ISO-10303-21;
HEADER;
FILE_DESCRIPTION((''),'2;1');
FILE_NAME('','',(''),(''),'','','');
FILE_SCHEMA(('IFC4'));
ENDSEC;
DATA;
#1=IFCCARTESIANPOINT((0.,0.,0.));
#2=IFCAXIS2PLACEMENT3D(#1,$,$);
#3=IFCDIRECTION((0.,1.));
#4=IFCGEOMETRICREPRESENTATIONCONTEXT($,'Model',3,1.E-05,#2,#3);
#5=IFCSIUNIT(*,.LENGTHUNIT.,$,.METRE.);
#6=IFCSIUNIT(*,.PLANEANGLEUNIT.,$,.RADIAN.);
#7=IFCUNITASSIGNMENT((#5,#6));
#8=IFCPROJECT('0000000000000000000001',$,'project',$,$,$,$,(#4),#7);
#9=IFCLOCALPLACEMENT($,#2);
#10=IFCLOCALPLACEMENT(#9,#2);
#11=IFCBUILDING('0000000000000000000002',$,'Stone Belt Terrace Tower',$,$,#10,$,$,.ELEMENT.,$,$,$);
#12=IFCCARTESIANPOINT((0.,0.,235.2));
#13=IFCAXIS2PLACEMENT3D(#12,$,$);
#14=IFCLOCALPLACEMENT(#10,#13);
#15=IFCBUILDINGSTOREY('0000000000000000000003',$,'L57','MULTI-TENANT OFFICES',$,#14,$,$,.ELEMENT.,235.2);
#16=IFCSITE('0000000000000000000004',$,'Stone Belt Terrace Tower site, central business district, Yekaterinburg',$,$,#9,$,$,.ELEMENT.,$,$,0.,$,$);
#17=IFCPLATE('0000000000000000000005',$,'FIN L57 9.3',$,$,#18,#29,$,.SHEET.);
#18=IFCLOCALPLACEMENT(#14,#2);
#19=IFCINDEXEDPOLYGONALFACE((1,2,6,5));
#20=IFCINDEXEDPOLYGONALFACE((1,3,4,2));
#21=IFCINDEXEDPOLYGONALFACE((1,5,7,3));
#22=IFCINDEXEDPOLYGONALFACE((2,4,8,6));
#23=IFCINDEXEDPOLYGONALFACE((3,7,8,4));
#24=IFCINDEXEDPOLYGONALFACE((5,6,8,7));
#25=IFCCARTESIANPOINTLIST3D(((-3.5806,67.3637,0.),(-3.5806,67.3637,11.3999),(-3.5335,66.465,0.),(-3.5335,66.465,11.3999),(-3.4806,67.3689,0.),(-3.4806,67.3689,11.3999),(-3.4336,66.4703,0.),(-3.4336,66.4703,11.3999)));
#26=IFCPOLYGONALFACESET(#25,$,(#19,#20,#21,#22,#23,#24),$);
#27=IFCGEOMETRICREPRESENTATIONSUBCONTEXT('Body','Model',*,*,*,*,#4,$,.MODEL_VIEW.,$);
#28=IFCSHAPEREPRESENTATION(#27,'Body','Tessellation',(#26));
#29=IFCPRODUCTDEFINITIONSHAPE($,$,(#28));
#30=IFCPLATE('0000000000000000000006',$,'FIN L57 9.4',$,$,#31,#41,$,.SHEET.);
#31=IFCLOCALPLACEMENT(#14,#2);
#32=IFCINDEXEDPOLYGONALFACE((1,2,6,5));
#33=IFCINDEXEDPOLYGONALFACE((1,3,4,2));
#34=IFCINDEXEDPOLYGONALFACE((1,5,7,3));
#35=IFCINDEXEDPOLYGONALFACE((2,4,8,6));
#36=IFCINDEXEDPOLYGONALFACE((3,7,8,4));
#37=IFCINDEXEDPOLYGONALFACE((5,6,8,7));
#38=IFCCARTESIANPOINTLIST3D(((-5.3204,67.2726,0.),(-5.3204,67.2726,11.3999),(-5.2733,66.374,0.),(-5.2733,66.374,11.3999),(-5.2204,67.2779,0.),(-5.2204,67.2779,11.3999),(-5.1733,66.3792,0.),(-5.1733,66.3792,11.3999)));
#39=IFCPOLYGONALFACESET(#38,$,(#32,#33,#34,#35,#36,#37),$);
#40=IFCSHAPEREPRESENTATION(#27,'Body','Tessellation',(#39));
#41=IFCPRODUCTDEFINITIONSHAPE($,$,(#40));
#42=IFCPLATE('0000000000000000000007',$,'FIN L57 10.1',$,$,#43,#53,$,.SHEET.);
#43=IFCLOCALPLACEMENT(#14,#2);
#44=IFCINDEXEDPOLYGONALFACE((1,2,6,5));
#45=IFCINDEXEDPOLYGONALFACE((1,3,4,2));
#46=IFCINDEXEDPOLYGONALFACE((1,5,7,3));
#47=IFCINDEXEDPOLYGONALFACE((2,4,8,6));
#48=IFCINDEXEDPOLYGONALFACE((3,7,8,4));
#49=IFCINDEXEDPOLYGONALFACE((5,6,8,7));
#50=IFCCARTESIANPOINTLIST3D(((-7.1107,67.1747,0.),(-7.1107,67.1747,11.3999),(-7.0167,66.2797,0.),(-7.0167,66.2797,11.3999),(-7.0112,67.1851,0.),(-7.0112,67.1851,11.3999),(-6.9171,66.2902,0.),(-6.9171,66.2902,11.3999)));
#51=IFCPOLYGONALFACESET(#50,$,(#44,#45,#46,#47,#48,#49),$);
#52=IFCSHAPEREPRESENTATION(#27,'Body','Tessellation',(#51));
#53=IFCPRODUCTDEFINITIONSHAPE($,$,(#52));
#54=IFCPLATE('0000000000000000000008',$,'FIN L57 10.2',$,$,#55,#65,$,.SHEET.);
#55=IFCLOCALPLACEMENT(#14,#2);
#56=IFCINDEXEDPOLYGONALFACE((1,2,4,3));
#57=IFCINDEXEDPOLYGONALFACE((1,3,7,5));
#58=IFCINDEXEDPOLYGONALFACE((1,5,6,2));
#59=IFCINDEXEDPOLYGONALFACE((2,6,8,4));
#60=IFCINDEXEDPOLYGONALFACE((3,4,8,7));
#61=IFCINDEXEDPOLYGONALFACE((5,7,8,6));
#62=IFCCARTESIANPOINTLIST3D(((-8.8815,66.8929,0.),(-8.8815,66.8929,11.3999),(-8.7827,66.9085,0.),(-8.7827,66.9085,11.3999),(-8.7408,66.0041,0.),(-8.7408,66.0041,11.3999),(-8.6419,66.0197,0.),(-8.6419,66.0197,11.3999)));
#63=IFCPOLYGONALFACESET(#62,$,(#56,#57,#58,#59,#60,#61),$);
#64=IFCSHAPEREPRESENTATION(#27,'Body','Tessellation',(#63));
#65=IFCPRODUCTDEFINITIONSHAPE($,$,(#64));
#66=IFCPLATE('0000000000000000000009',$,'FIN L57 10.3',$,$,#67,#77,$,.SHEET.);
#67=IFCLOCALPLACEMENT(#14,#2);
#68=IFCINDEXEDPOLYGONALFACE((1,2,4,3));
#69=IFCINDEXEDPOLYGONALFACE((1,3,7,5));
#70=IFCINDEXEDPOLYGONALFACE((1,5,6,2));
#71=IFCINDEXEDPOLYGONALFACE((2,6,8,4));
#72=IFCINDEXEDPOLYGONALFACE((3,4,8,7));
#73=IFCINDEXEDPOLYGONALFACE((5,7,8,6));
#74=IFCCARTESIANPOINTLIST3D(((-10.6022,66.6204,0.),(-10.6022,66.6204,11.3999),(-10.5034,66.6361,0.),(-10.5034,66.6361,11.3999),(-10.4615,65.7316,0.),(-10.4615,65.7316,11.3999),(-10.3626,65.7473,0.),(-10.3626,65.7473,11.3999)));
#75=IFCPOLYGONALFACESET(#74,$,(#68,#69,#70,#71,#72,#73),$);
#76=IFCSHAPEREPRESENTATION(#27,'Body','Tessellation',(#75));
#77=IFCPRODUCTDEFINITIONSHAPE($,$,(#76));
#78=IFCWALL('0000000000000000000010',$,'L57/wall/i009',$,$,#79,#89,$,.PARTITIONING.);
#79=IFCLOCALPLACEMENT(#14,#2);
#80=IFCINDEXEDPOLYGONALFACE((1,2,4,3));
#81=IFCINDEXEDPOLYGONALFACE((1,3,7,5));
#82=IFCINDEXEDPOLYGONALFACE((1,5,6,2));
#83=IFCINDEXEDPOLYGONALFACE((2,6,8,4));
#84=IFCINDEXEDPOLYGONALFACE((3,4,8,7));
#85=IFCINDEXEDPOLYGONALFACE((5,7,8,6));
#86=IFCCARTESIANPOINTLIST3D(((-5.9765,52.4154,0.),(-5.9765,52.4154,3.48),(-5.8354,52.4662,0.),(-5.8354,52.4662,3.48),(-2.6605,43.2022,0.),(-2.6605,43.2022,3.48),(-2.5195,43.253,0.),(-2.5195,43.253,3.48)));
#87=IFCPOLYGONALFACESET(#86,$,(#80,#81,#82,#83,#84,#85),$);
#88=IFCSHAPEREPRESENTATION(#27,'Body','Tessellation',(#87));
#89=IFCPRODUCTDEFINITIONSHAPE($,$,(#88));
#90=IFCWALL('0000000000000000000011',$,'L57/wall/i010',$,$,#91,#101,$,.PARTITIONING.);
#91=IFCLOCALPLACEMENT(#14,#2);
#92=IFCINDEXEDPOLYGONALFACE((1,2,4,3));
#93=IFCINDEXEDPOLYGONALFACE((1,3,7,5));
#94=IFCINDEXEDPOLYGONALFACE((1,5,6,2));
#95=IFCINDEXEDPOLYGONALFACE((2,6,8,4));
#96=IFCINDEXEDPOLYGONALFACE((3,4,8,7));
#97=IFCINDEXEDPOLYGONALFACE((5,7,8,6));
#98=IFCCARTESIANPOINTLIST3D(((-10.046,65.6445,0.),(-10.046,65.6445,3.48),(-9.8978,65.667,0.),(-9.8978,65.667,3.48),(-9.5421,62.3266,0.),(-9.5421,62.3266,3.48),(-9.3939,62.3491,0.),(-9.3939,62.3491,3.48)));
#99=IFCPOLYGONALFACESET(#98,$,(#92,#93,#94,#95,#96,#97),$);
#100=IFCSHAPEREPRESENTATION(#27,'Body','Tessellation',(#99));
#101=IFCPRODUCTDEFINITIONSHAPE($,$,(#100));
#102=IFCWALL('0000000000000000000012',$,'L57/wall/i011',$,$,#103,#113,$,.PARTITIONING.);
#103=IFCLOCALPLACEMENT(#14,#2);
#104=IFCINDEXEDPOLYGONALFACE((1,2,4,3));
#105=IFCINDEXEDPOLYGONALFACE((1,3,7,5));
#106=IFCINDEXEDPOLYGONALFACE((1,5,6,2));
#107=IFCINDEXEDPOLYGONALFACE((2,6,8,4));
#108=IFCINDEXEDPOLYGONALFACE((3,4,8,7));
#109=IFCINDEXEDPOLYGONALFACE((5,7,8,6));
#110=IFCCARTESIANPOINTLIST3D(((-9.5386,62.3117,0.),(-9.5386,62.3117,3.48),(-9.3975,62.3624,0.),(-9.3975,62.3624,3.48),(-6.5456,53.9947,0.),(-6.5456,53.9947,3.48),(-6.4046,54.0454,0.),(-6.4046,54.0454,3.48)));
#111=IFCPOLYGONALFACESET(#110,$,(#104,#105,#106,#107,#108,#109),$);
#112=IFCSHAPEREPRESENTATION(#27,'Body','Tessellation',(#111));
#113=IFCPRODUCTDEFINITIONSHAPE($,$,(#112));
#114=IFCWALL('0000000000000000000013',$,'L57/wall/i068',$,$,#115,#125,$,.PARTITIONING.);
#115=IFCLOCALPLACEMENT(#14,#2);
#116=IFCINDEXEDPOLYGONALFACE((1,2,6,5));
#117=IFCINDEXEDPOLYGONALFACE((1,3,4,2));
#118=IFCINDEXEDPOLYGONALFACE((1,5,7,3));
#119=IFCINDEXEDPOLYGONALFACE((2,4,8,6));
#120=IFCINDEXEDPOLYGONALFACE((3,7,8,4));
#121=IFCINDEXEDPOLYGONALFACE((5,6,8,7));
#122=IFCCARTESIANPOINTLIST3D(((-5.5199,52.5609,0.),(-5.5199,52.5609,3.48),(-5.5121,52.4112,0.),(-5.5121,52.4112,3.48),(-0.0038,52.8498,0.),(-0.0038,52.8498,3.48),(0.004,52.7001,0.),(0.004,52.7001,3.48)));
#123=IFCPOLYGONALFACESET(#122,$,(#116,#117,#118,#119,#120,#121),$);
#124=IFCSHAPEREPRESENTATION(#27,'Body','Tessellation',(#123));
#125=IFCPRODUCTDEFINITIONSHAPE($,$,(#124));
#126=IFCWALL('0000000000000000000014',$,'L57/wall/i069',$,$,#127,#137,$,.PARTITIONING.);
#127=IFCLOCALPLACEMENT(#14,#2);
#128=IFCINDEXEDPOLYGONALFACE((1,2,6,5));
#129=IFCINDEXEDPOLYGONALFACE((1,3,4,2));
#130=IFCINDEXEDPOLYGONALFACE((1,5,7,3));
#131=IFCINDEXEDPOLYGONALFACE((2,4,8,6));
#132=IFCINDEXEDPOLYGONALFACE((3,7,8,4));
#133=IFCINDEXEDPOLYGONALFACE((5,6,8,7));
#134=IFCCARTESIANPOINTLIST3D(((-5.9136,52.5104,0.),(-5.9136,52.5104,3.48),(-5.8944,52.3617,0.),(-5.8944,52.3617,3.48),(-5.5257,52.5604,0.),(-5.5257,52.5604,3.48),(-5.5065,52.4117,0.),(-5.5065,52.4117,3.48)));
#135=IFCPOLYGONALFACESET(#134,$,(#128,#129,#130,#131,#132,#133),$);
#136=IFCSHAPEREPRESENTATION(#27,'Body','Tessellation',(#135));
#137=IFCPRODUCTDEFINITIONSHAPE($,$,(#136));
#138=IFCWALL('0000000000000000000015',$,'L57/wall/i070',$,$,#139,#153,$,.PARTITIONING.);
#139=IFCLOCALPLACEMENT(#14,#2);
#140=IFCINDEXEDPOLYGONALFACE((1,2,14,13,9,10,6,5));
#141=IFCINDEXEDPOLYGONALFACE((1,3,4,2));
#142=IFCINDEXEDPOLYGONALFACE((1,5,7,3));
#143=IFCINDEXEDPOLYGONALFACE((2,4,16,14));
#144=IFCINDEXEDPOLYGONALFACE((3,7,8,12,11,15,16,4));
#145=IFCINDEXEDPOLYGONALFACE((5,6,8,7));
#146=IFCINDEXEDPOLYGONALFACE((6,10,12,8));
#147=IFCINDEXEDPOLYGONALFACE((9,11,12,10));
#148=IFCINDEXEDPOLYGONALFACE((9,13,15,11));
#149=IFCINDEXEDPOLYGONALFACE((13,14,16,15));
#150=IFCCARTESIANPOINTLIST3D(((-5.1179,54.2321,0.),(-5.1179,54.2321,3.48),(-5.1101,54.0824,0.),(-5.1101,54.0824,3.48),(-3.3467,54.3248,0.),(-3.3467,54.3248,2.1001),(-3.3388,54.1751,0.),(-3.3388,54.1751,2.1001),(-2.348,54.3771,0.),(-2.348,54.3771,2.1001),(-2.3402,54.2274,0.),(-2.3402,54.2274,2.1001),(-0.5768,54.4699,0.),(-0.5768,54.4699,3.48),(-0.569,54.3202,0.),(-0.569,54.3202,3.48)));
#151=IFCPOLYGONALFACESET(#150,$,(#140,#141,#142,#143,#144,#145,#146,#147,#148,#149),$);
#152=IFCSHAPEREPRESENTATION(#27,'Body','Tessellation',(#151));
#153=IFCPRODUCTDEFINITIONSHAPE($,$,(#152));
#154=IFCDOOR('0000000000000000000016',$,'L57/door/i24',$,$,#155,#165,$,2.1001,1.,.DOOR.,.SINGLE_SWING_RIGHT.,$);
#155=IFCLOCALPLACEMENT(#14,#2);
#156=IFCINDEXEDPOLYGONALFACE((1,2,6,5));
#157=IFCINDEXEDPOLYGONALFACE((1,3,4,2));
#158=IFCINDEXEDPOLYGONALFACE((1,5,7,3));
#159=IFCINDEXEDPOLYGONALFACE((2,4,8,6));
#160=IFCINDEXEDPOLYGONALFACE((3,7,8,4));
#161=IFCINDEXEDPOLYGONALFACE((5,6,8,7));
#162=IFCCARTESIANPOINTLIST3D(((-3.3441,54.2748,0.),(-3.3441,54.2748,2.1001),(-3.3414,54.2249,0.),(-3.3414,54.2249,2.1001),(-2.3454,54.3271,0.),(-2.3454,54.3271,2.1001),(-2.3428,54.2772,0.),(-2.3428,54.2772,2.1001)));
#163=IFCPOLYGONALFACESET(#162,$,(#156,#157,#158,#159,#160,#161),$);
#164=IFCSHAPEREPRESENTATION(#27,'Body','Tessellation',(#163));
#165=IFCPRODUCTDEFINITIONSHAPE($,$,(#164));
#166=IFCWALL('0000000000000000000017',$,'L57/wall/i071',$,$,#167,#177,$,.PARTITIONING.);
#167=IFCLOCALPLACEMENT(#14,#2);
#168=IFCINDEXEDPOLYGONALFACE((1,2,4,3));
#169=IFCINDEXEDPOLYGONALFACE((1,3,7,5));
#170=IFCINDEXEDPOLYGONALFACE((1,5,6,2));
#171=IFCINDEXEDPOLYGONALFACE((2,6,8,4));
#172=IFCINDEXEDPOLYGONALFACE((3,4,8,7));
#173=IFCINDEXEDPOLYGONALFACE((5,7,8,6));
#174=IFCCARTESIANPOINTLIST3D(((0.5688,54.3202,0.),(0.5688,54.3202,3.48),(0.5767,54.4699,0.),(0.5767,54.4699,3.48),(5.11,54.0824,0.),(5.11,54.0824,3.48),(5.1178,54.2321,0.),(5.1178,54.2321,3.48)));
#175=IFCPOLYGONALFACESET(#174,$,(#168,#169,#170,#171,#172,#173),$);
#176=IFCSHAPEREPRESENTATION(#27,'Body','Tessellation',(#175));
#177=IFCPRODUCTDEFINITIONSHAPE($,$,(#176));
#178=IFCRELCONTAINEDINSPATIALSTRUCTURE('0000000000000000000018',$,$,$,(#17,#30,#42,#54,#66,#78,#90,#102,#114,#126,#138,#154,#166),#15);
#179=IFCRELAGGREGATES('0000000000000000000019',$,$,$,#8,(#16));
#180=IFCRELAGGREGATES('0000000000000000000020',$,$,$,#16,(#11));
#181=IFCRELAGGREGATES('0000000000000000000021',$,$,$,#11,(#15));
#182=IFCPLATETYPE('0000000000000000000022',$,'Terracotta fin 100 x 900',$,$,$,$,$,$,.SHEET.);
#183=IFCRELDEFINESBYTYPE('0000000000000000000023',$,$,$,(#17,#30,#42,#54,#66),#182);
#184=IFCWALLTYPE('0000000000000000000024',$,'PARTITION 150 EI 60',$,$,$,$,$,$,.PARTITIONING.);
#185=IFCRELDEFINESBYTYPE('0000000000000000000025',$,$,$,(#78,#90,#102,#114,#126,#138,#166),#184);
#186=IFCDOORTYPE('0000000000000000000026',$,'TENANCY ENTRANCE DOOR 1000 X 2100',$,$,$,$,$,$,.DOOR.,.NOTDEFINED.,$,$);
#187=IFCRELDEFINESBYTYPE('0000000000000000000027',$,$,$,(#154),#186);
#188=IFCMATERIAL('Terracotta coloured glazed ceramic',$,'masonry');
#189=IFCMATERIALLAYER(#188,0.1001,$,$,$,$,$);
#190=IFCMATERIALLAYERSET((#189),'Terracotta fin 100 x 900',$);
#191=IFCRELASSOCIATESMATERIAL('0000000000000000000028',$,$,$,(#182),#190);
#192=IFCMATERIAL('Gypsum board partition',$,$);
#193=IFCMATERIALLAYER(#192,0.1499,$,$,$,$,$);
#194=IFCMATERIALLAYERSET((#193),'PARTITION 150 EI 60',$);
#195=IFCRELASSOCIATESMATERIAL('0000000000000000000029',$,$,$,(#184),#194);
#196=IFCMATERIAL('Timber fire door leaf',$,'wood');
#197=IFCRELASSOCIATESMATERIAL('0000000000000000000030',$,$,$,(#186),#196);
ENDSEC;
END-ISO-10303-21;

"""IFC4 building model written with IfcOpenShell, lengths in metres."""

from ifc_helpers import new_model, si_unit, direction, frame, frame_2d, origin, origin_2d, place, context, subcontext, project, spatial, rectangle, extrude, material, layer, layer_set, type_object, element, fill, save


model = new_model("IFC4")

# Units and contexts
model_context = context("Model", 3, precision=1e-05, world=origin(), true_north=direction((0.0, 1.0)))
body_context = subcontext(model_context, "Body", "Model", "MODEL_VIEW")
ifc_project = project(units=[si_unit("LENGTHUNIT", "METRE"), si_unit("PLANEANGLEUNIT", "RADIAN")], contexts=[model_context])

# Site, building, storey
site_placement = place(None, origin())
site = spatial("IfcSite", under=ifc_project, at=site_placement, Name="Stone Belt Terrace Tower site, central business district, Yekaterinburg", CompositionType="ELEMENT", RefElevation=0.0)
building_placement = place(site_placement, origin())
building = spatial("IfcBuilding", under=site, at=building_placement, Name="Stone Belt Terrace Tower", CompositionType="ELEMENT")
storey_placement = place(building_placement, frame((0.0, 0.0, 235.2)))
storey = spatial("IfcBuildingStorey", under=building, at=storey_placement, Name="L57", Description="MULTI-TENANT OFFICES", CompositionType="ELEMENT", Elevation=235.2)

# Plates
ifc_material_1 = material(Name="Terracotta coloured glazed ceramic", Category="masonry")
ifc_layer_1 = layer(ifc_material_1, 0.1001)
ifc_layer_set_1 = layer_set([ifc_layer_1], Name="Terracotta fin 100 x 900")
plate_type_1 = type_object("IfcPlateType", Name="Terracotta fin 100 x 900", PredefinedType="SHEET", material=ifc_layer_set_1)
for number, where, z_axis, x_axis, name in (
    (1, (-3.5071, 66.917, 0.0), (0.0, 0.0, 1.0), (-0.052336, 0.99863, 0.0), "FIN L57 9.3"),
    (2, (-5.2468, 66.8259, 0.0), (0.0, 0.0, 1.0), (-0.052336, 0.99863, 0.0), "FIN L57 9.4"),
    (3, (-7.0139, 66.7324, 0.0), (0.0, 0.0, 1.0), (-0.104528, 0.994522, 0.0), "FIN L57 10.1"),
    (4, (-8.7617, 66.4563, 0.0), (0.0, 0.0, 1.0), (-0.156434, 0.987688, 0.0), "FIN L57 10.2"),
    (5, (-10.4824, 66.1838, 0.0), (0.0, 0.0, 1.0), (-0.156434, 0.987688, 0.0), "FIN L57 10.3"),
):
    element("IfcPlate", number, at=place(storey_placement, frame(where, z_axis=z_axis, x_axis=x_axis)), inside=storey, type_object=plate_type_1, Name=name, PredefinedType="SHEET", context=body_context, shape_type="SweptSolid", body=[
        extrude(rectangle(XDim=0.8999, YDim=0.1001, at=origin_2d()), origin(), (0.0, 0.0, 1.0), 11.3999),
    ])

# Walls
ifc_material_2 = material(Name="Gypsum board partition")
ifc_layer_2 = layer(ifc_material_2, 0.1499)
ifc_layer_set_2 = layer_set([ifc_layer_2], Name="PARTITION 150 EI 60")
wall_type = type_object("IfcWallType", Name="PARTITION 150 EI 60", PredefinedType="PARTITIONING", material=ifc_layer_set_2)
wall_1_placement = place(storey_placement, frame((-5.906, 52.4409, 0.0), z_axis=(0.0, 0.0, 1.0), x_axis=(0.338646, -0.940914, 0.0)))
element("IfcWall", 6, at=wall_1_placement, inside=storey, type_object=wall_type, Name="L57/wall/i009", PredefinedType="PARTITIONING", context=body_context, shape_type="SweptSolid", body=[
    extrude(rectangle(XDim=9.7917, YDim=0.1499, at=frame_2d((4.896, 0.0))), origin(), (0.0, 0.0, 1.0), 3.48),
])
wall_2_placement = place(storey_placement, frame((-9.9719, 65.6558, 0.0), z_axis=(0.0, 0.0, 1.0), x_axis=(0.150154, -0.988663, 0.0)))
element("IfcWall", 7, at=wall_2_placement, inside=storey, type_object=wall_type, Name="L57/wall/i010", PredefinedType="PARTITIONING", context=body_context, shape_type="SweptSolid", body=[
    extrude(rectangle(XDim=3.356, YDim=0.1499, at=frame_2d((1.678, 0.0))), origin(), (0.0, 0.0, 1.0), 3.48),
])
wall_3_placement = place(storey_placement, frame((-9.468, 62.3369, 0.0), z_axis=(0.0, 0.0, 1.0), x_axis=(0.338603, -0.940929, 0.0)))
element("IfcWall", 8, at=wall_3_placement, inside=storey, type_object=wall_type, Name="L57/wall/i011", PredefinedType="PARTITIONING", context=body_context, shape_type="SweptSolid", body=[
    extrude(rectangle(XDim=8.8391, YDim=0.1499, at=frame_2d((4.4194, 0.0))), origin(), (0.0, 0.0, 1.0), 3.48),
])
wall_4_placement = place(storey_placement, frame((0.0, 52.7749, 0.0), z_axis=(0.0, 0.0, 1.0), x_axis=(-0.998632, -0.052287, 0.0)))
element("IfcWall", 9, at=wall_4_placement, inside=storey, type_object=wall_type, Name="L57/wall/i068", PredefinedType="PARTITIONING", context=body_context, shape_type="SweptSolid", body=[
    extrude(rectangle(XDim=5.5237, YDim=0.1499, at=frame_2d((2.7617, 0.0))), origin(), (0.0, 0.0, 1.0), 3.48),
])
wall_5_placement = place(storey_placement, frame((-5.5161, 52.4861, 0.0), z_axis=(0.0, 0.0, 1.0), x_axis=(-0.99178, -0.127952, 0.0)))
element("IfcWall", 10, at=wall_5_placement, inside=storey, type_object=wall_type, Name="L57/wall/i069", PredefinedType="PARTITIONING", context=body_context, shape_type="SweptSolid", body=[
    extrude(rectangle(XDim=0.3911, YDim=0.1499, at=frame_2d((0.1956, 0.0))), origin(), (0.0, 0.0, 1.0), 3.48),
])

# Wall, opening, door
wall_6_placement = place(storey_placement, frame((-5.114, 54.1572, 0.0), z_axis=(0.0, 0.0, 1.0), x_axis=(0.998632, 0.052291, 0.0)))
wall_6 = element("IfcWall", 11, at=wall_6_placement, inside=storey, type_object=wall_type, Name="L57/wall/i070", PredefinedType="PARTITIONING", context=body_context, shape_type="SweptSolid", body=[
    extrude(rectangle(XDim=4.5474, YDim=0.1499, at=frame_2d((2.2737, 0.0))), origin(), (0.0, 0.0, 1.0), 3.48),
])
opening_placement = place(wall_6_placement, frame((1.7737, 0.0, 0.0)))
opening = element("IfcOpeningElement", 12, at=opening_placement, cuts=wall_6, PredefinedType="OPENING", context=body_context, shape_type="SweptSolid", body=[
    extrude(rectangle(XDim=1.0, YDim=2.1001, at=frame_2d((0.5, 1.05))), frame((0.0, 0.085, 0.0), z_axis=(0.0, -1.0, 0.0), x_axis=(1.0, 0.0, 0.0)), (0.0, 0.0, 1.0), 0.1699),
])
ifc_material_3 = material(Name="Timber fire door leaf", Category="wood")
door_type = type_object("IfcDoorType", Name="TENANCY ENTRANCE DOOR 1000 X 2100", OperationType="NOTDEFINED", PredefinedType="DOOR", material=ifc_material_3)
door_placement = place(opening_placement, origin())
door = element("IfcDoor", 13, at=door_placement, inside=storey, type_object=door_type, Name="L57/door/i24", OperationType="SINGLE_SWING_RIGHT", OverallHeight=2.1001, OverallWidth=1.0, PredefinedType="DOOR", context=body_context, shape_type="SweptSolid", body=[
    extrude(rectangle(XDim=1.0, YDim=2.1001, at=frame_2d((0.5, 1.05))), frame((0.0, 0.0249, 0.0), z_axis=(0.0, -1.0, 0.0), x_axis=(1.0, 0.0, 0.0)), (0.0, 0.0, 1.0), 0.05),
])
fill(opening, door)

# Wall
wall_7_placement = place(storey_placement, frame((0.5728, 54.395, 0.0), z_axis=(0.0, 0.0, 1.0), x_axis=(0.998632, -0.052291, 0.0)))
element("IfcWall", 14, at=wall_7_placement, inside=storey, type_object=wall_type, Name="L57/wall/i071", PredefinedType="PARTITIONING", context=body_context, shape_type="SweptSolid", body=[
    extrude(rectangle(XDim=4.5474, YDim=0.1499, at=frame_2d((2.2737, 0.0))), origin(), (0.0, 0.0, 1.0), 3.48),
])

save(model, "model.ifc")
